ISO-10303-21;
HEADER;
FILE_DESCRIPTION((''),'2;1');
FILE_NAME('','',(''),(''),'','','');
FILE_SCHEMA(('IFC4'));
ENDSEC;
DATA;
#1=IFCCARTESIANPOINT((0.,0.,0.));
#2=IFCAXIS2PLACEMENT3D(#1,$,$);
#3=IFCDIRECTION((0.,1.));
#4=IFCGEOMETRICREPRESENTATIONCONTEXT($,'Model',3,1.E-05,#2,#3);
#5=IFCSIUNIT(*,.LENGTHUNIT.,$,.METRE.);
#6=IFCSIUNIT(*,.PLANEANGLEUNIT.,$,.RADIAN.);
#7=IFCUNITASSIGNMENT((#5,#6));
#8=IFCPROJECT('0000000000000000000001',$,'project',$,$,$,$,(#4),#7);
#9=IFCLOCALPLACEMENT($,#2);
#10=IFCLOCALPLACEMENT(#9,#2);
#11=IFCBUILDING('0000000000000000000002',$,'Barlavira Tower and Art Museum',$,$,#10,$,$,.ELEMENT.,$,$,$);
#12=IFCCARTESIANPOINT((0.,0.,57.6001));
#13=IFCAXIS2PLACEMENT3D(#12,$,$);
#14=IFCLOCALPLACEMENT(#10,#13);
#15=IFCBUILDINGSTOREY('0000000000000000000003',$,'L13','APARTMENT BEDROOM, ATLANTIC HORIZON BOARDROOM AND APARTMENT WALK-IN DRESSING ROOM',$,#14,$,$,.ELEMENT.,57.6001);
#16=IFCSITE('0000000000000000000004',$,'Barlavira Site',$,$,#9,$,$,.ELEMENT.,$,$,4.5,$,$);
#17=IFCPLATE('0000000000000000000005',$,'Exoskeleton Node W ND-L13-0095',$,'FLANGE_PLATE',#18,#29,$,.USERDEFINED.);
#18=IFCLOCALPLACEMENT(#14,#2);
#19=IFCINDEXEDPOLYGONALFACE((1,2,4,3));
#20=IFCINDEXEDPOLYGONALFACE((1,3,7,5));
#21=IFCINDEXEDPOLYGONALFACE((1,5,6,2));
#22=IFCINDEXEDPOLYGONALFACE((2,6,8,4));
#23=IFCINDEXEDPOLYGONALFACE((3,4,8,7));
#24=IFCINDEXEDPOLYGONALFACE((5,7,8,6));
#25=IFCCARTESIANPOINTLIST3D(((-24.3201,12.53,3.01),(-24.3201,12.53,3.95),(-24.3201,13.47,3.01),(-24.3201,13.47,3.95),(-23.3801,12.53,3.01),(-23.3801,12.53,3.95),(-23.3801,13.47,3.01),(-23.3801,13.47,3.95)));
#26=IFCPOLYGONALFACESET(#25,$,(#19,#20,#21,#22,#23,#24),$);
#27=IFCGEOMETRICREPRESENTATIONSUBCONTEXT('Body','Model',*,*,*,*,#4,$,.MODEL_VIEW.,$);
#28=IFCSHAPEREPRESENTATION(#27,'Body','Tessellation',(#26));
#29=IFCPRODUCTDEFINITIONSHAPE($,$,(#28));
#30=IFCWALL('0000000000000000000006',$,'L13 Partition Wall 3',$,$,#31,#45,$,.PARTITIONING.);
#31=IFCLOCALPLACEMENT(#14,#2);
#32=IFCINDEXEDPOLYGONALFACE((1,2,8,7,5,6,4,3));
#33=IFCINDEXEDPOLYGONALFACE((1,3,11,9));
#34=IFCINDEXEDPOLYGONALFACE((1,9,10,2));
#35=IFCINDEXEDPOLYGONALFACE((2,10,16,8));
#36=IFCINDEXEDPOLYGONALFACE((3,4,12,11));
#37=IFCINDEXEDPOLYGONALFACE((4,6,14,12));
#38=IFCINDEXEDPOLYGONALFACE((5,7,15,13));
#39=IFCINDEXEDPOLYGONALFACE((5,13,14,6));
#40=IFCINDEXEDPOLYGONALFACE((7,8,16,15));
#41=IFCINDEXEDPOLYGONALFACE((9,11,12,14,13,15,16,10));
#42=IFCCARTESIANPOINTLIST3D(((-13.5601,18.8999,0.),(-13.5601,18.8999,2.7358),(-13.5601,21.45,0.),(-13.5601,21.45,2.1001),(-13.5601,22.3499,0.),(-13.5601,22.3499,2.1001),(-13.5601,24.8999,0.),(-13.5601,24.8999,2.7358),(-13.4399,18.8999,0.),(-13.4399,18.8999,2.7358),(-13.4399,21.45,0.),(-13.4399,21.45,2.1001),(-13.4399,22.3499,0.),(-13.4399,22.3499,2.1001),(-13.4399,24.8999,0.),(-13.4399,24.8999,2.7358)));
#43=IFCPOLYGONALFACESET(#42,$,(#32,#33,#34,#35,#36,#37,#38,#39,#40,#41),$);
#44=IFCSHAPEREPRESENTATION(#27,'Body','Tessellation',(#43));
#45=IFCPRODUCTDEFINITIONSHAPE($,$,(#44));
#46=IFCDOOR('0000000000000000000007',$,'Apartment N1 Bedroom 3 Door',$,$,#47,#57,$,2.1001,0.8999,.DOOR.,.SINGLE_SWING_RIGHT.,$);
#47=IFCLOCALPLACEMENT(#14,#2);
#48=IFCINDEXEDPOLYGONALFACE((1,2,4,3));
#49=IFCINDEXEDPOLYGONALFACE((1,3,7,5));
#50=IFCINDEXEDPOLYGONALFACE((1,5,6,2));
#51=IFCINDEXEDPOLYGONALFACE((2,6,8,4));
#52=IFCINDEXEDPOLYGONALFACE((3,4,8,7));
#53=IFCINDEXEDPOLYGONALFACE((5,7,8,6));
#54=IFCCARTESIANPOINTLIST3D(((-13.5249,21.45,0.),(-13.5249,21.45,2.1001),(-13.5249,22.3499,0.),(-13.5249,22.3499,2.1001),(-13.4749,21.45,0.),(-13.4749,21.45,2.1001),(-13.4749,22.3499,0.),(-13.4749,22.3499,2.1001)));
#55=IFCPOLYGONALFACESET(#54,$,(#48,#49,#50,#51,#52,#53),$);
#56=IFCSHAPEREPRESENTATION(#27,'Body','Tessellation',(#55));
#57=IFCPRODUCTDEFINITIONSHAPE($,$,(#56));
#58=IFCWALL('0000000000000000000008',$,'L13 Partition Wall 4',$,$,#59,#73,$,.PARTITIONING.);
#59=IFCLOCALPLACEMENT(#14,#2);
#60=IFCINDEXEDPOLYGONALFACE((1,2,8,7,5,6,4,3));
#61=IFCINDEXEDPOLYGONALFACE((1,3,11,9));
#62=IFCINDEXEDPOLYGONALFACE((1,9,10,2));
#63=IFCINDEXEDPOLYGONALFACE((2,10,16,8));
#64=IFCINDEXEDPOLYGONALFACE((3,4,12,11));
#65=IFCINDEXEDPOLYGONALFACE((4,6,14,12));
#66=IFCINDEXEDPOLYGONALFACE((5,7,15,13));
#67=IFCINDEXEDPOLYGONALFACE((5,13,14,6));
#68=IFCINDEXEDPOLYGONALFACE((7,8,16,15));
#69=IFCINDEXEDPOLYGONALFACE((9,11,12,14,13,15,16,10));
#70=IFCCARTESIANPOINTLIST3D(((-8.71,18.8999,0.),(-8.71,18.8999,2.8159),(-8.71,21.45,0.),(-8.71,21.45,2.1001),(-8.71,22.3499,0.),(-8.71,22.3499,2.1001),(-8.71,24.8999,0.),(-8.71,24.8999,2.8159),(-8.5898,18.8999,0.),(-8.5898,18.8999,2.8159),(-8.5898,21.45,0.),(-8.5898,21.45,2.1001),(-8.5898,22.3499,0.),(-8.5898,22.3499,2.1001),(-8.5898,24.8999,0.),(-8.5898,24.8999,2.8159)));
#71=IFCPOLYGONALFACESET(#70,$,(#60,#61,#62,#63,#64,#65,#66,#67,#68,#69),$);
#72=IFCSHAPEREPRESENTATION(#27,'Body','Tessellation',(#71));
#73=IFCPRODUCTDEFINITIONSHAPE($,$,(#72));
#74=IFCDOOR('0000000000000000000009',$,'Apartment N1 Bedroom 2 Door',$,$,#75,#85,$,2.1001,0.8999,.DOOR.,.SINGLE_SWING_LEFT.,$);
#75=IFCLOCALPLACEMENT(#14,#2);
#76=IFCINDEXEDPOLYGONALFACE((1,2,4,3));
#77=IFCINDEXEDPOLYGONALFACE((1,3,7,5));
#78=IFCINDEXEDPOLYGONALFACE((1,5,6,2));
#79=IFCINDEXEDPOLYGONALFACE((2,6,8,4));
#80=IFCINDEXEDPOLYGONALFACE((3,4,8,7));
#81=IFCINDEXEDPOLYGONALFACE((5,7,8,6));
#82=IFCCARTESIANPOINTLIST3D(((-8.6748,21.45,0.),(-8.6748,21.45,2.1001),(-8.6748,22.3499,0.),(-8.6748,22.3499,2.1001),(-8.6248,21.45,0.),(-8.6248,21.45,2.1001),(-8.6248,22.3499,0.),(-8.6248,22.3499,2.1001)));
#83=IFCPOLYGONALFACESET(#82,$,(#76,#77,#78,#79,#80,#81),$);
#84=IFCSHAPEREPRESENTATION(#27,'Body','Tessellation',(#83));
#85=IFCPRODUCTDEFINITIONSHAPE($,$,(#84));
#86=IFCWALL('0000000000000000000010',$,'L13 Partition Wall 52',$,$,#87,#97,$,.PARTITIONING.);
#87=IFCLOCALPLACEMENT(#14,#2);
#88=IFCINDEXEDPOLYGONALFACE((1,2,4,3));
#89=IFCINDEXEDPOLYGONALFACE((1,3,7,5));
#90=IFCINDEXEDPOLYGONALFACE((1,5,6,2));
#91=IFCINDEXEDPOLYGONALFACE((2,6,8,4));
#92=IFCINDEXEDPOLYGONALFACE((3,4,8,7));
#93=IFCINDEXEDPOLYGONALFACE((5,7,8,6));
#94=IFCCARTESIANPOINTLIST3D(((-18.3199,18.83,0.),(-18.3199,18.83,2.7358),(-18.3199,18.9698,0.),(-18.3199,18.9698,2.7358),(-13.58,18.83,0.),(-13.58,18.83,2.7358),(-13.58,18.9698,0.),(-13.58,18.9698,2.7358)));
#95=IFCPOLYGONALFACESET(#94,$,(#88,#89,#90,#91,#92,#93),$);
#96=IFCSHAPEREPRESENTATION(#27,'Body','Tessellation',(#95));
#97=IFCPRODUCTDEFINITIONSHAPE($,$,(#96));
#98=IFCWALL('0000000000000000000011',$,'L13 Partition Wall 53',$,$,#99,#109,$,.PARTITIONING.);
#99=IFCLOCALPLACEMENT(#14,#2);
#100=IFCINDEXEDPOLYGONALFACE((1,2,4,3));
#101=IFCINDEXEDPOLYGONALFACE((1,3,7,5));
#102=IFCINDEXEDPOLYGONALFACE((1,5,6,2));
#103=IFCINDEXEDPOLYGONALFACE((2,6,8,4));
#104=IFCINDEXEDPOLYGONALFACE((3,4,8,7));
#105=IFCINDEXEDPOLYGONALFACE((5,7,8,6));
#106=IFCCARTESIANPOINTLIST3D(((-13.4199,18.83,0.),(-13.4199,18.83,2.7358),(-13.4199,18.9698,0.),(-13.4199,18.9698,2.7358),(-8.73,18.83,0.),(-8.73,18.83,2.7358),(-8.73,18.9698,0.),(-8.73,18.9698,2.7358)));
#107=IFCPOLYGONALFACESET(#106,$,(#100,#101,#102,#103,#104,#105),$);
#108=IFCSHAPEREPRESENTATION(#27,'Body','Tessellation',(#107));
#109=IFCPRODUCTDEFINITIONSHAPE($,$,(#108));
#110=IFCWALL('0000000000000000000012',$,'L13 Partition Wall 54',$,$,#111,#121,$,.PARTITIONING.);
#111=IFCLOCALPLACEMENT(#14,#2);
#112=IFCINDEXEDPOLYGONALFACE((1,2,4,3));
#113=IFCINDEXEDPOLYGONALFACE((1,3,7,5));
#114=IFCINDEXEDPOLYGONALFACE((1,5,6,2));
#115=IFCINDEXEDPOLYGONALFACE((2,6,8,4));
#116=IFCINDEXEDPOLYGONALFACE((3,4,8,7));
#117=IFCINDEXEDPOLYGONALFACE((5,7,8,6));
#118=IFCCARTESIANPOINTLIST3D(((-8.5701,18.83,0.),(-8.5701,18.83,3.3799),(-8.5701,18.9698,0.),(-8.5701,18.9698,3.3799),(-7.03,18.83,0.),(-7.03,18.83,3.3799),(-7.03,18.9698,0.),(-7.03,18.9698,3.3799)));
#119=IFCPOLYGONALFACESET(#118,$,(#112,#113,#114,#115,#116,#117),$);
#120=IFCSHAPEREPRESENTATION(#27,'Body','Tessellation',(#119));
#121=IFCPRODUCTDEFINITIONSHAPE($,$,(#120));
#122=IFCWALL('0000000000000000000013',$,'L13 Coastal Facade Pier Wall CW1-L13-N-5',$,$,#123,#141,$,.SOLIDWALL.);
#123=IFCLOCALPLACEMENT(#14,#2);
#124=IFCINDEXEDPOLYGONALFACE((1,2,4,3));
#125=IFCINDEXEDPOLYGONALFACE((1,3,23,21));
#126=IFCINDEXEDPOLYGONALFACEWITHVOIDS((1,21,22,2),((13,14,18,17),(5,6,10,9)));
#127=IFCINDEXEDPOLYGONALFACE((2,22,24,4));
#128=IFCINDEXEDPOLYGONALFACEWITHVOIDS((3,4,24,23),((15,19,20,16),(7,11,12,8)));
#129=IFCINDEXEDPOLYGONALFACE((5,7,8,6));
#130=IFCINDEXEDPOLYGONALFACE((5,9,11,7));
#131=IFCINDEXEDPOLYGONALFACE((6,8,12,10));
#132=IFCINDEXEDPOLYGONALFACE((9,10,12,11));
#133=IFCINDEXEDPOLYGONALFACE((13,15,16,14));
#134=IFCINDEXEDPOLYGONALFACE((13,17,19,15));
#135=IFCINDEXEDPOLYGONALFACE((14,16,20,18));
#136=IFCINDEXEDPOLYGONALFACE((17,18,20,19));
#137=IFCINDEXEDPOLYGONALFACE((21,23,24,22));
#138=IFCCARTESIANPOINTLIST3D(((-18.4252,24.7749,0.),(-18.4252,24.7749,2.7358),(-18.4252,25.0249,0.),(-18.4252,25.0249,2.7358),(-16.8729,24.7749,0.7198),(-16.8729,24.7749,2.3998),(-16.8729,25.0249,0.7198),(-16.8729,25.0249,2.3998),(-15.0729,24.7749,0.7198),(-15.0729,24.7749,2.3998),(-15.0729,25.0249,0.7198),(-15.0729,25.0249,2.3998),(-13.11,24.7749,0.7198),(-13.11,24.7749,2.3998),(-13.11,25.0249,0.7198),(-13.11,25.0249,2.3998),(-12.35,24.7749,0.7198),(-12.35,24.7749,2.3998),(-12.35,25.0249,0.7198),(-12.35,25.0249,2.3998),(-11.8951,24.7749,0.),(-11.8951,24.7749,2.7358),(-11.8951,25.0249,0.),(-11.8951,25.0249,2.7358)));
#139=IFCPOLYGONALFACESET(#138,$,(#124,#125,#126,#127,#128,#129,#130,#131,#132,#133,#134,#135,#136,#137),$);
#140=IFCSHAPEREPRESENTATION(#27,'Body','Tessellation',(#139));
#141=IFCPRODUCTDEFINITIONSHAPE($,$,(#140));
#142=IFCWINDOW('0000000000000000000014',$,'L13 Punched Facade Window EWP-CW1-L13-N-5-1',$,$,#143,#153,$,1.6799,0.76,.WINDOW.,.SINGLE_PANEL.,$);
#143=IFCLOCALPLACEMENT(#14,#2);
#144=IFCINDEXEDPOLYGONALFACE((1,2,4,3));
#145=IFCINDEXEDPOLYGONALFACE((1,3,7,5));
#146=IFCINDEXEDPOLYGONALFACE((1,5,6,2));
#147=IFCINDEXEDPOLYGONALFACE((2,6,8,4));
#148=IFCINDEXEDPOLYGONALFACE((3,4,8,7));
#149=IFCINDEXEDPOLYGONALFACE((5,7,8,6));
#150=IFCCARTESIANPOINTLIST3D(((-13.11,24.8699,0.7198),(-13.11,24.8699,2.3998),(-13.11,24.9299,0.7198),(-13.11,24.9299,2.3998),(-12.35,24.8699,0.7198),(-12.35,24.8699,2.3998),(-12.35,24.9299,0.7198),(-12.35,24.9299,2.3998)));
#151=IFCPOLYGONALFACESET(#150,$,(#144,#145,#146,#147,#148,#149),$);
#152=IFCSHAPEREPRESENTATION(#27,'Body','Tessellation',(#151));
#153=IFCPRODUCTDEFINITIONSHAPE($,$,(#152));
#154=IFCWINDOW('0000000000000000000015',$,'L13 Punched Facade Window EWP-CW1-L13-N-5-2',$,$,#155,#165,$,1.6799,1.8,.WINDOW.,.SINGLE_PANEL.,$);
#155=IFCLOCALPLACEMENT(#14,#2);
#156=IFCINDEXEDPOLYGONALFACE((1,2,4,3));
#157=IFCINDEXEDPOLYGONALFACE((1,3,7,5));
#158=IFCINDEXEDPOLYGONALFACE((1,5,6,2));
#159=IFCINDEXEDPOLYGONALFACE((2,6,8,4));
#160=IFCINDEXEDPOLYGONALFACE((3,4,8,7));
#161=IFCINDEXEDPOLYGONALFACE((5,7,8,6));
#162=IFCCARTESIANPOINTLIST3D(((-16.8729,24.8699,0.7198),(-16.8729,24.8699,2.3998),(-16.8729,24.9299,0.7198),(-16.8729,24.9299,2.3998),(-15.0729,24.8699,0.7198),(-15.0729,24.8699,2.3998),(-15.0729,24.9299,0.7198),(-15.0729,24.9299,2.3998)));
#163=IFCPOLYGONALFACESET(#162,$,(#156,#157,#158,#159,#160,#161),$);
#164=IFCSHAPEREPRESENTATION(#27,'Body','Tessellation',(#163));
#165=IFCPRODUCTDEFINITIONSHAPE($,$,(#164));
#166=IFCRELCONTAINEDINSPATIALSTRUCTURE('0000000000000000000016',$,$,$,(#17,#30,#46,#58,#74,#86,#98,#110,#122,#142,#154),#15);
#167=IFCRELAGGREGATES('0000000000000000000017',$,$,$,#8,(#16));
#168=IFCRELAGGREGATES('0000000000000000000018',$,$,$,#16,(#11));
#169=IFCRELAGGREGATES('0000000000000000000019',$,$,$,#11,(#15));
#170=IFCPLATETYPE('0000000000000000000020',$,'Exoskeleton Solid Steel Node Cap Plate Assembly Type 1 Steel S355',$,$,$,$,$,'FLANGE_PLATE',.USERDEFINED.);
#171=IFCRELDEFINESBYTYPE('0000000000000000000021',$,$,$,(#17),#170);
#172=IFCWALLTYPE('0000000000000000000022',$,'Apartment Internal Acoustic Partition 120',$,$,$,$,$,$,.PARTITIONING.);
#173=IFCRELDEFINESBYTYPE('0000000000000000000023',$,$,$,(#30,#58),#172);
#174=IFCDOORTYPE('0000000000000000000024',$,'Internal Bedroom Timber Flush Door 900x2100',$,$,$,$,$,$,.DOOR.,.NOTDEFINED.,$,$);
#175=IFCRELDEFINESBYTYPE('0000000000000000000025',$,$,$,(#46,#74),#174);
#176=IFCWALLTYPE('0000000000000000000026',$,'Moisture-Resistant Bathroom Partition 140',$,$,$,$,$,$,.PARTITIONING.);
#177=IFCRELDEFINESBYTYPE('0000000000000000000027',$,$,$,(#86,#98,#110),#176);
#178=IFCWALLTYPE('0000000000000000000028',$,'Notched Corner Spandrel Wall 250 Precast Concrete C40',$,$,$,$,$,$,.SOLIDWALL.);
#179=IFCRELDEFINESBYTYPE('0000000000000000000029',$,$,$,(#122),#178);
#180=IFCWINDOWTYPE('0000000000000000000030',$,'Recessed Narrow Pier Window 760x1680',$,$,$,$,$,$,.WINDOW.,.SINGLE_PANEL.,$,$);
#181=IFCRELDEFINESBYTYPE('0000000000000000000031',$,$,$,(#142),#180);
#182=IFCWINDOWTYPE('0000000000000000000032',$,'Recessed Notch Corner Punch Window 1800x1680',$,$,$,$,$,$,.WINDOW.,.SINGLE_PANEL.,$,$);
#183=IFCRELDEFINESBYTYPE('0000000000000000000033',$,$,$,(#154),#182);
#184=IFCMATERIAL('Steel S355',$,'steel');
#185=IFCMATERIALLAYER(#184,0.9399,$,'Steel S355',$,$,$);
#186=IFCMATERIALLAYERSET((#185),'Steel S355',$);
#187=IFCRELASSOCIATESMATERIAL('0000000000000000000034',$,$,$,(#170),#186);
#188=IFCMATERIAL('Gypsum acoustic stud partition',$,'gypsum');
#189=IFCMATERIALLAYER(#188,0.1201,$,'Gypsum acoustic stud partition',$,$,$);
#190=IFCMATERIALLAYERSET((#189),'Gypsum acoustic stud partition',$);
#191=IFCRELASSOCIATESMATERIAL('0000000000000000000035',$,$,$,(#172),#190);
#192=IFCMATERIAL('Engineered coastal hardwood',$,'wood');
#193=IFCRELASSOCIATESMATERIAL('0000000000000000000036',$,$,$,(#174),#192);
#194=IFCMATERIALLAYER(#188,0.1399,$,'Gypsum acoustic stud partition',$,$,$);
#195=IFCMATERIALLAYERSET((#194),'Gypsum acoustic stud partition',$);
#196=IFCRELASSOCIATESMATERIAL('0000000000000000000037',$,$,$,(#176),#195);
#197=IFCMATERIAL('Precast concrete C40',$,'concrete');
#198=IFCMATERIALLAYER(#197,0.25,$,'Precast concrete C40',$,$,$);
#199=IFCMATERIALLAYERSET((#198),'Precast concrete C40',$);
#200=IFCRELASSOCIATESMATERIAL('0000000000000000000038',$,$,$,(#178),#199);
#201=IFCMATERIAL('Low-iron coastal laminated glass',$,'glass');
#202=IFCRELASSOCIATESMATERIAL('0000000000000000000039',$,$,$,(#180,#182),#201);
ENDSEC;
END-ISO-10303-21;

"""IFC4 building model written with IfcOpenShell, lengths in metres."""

from ifc_helpers import new_model, si_unit, direction, frame, frame_2d, origin, origin_2d, place, context, subcontext, project, spatial, rectangle, extrude, material, layer, layer_set, type_object, element, fill, save


model = new_model("IFC4")

# Units and contexts
model_context = context("Model", 3, precision=1e-05, world=origin(), true_north=direction((0.0, 1.0)))
body_context = subcontext(model_context, "Body", "Model", "MODEL_VIEW")
ifc_project = project(units=[si_unit("LENGTHUNIT", "METRE"), si_unit("PLANEANGLEUNIT", "RADIAN")], contexts=[model_context])

# Site, building, storey
site_placement = place(None, origin())
site = spatial("IfcSite", under=ifc_project, at=site_placement, Name="Barlavira Site", CompositionType="ELEMENT", RefElevation=4.5)
building_placement = place(site_placement, origin())
building = spatial("IfcBuilding", under=site, at=building_placement, Name="Barlavira Tower and Art Museum", CompositionType="ELEMENT")
storey_placement = place(building_placement, frame((0.0, 0.0, 57.6001)))
storey = spatial("IfcBuildingStorey", under=building, at=storey_placement, Name="L13", Description="APARTMENT BEDROOM, ATLANTIC HORIZON BOARDROOM AND APARTMENT WALK-IN DRESSING ROOM", CompositionType="ELEMENT", Elevation=57.6001)

# Shared definitions
ifc_material_1 = material(Name="Steel S355", Category="steel")

# Plate
ifc_layer_1 = layer(ifc_material_1, 0.9399, Name="Steel S355")
ifc_layer_set_1 = layer_set([ifc_layer_1], Name="Steel S355")
plate_type = type_object("IfcPlateType", Name="Exoskeleton Solid Steel Node Cap Plate Assembly Type 1 Steel S355", ElementType="FLANGE_PLATE", PredefinedType="USERDEFINED", material=ifc_layer_set_1)
for number, where, z_axis, x_axis, name in (
    (1, (-23.8501, 13.0, 3.01), (0.0, 0.0, 1.0), (1.0, 0.0, 0.0), "Exoskeleton Node W ND-L13-0095"),
):
    element("IfcPlate", number, at=place(storey_placement, frame(where, z_axis=z_axis, x_axis=x_axis)), inside=storey, type_object=plate_type, Name=name, ObjectType="FLANGE_PLATE", PredefinedType="USERDEFINED", context=body_context, shape_type="SweptSolid", body=[
        extrude(rectangle(XDim=0.9399, YDim=0.9399, at=origin_2d()), origin(), (0.0, 0.0, 1.0), 0.9399),
    ])

# Walls, openings, doors
ifc_material_2 = material(Name="Gypsum acoustic stud partition", Category="gypsum")
ifc_layer_2 = layer(ifc_material_2, 0.1201, Name="Gypsum acoustic stud partition")
ifc_layer_set_2 = layer_set([ifc_layer_2], Name="Gypsum acoustic stud partition")
wall_type_1 = type_object("IfcWallType", Name="Apartment Internal Acoustic Partition 120", PredefinedType="PARTITIONING", material=ifc_layer_set_2)
wall_1_placement = place(storey_placement, frame((-13.5, 18.8999, 0.0), z_axis=(0.0, 0.0, 1.0), x_axis=(0.0, 1.0, 0.0)))
wall_1 = element("IfcWall", 2, at=wall_1_placement, inside=storey, type_object=wall_type_1, Name="L13 Partition Wall 3", PredefinedType="PARTITIONING", context=body_context, shape_type="SweptSolid", body=[
    extrude(rectangle(XDim=6.0, YDim=0.1201, at=frame_2d((3.0, 0.0))), origin(), (0.0, 0.0, 1.0), 2.7358),
])
opening_1_placement = place(wall_1_placement, frame((2.55, 0.0, 0.0)))
opening_1 = element("IfcOpeningElement", 3, at=opening_1_placement, cuts=wall_1, PredefinedType="OPENING", context=body_context, shape_type="SweptSolid", body=[
    extrude(rectangle(XDim=0.8999, YDim=2.1001, at=frame_2d((0.45, 1.05))), frame((0.0, 0.0701, 0.0), z_axis=(0.0, -1.0, 0.0), x_axis=(1.0, 0.0, 0.0)), (0.0, 0.0, 1.0), 0.1401),
])
ifc_material_3 = material(Name="Engineered coastal hardwood", Category="wood")
door_type = type_object("IfcDoorType", Name="Internal Bedroom Timber Flush Door 900x2100", OperationType="NOTDEFINED", PredefinedType="DOOR", material=ifc_material_3)
door_1_placement = place(opening_1_placement, origin())
door_1 = element("IfcDoor", 4, at=door_1_placement, inside=storey, type_object=door_type, Name="Apartment N1 Bedroom 3 Door", OperationType="SINGLE_SWING_RIGHT", OverallHeight=2.1001, OverallWidth=0.8999, PredefinedType="DOOR", context=body_context, shape_type="SweptSolid", body=[
    extrude(rectangle(XDim=0.8999, YDim=2.1001, at=frame_2d((0.45, 1.05))), frame((0.0, 0.0249, 0.0), z_axis=(0.0, -1.0, 0.0), x_axis=(1.0, 0.0, 0.0)), (0.0, 0.0, 1.0), 0.05),
])
fill(opening_1, door_1)
wall_2_placement = place(storey_placement, frame((-8.6499, 18.8999, 0.0), z_axis=(0.0, 0.0, 1.0), x_axis=(0.0, 1.0, 0.0)))
wall_2 = element("IfcWall", 5, at=wall_2_placement, inside=storey, type_object=wall_type_1, Name="L13 Partition Wall 4", PredefinedType="PARTITIONING", context=body_context, shape_type="SweptSolid", body=[
    extrude(rectangle(XDim=6.0, YDim=0.1201, at=frame_2d((3.0, 0.0))), origin(), (0.0, 0.0, 1.0), 2.8159),
])
opening_2_placement = place(wall_2_placement, frame((2.55, 0.0, 0.0)))
opening_2 = element("IfcOpeningElement", 6, at=opening_2_placement, cuts=wall_2, PredefinedType="OPENING", context=body_context, shape_type="SweptSolid", body=[
    extrude(rectangle(XDim=0.8999, YDim=2.1001, at=frame_2d((0.45, 1.05))), frame((0.0, 0.0701, 0.0), z_axis=(0.0, -1.0, 0.0), x_axis=(1.0, 0.0, 0.0)), (0.0, 0.0, 1.0), 0.1401),
])
door_2_placement = place(opening_2_placement, origin())
door_2 = element("IfcDoor", 7, at=door_2_placement, inside=storey, type_object=door_type, Name="Apartment N1 Bedroom 2 Door", OperationType="SINGLE_SWING_LEFT", OverallHeight=2.1001, OverallWidth=0.8999, PredefinedType="DOOR", context=body_context, shape_type="SweptSolid", body=[
    extrude(rectangle(XDim=0.8999, YDim=2.1001, at=frame_2d((0.45, 1.05))), frame((0.0, 0.0249, 0.0), z_axis=(0.0, -1.0, 0.0), x_axis=(1.0, 0.0, 0.0)), (0.0, 0.0, 1.0), 0.05),
])
fill(opening_2, door_2)

# Walls
ifc_layer_3 = layer(ifc_material_2, 0.1399, Name="Gypsum acoustic stud partition")
ifc_layer_set_3 = layer_set([ifc_layer_3], Name="Gypsum acoustic stud partition")
wall_type_2 = type_object("IfcWallType", Name="Moisture-Resistant Bathroom Partition 140", PredefinedType="PARTITIONING", material=ifc_layer_set_3)
wall_3_placement = place(storey_placement, frame((-18.3201, 18.8999, 0.0), z_axis=(0.0, 0.0, 1.0), x_axis=(1.0, 0.0, 0.0)))
element("IfcWall", 8, at=wall_3_placement, inside=storey, type_object=wall_type_2, Name="L13 Partition Wall 52", PredefinedType="PARTITIONING", context=body_context, shape_type="SweptSolid", body=[
    extrude(rectangle(XDim=4.74, YDim=0.1399, at=frame_2d((2.3701, 0.0))), origin(), (0.0, 0.0, 1.0), 2.7358),
])
wall_4_placement = place(storey_placement, frame((-13.4199, 18.8999, 0.0), z_axis=(0.0, 0.0, 1.0), x_axis=(1.0, 0.0, 0.0)))
element("IfcWall", 9, at=wall_4_placement, inside=storey, type_object=wall_type_2, Name="L13 Partition Wall 53", PredefinedType="PARTITIONING", context=body_context, shape_type="SweptSolid", body=[
    extrude(rectangle(XDim=4.6899, YDim=0.1399, at=frame_2d((2.345, 0.0))), origin(), (0.0, 0.0, 1.0), 2.7358),
])
wall_5_placement = place(storey_placement, frame((-8.5701, 18.8999, 0.0), z_axis=(0.0, 0.0, 1.0), x_axis=(1.0, 0.0, 0.0)))
element("IfcWall", 10, at=wall_5_placement, inside=storey, type_object=wall_type_2, Name="L13 Partition Wall 54", PredefinedType="PARTITIONING", context=body_context, shape_type="SweptSolid", body=[
    extrude(rectangle(XDim=1.54, YDim=0.1399, at=frame_2d((0.77, 0.0))), origin(), (0.0, 0.0, 1.0), 3.3799),
])

# Wall, openings, windows
ifc_material_4 = material(Name="Precast concrete C40", Category="concrete")
ifc_layer_4 = layer(ifc_material_4, 0.25, Name="Precast concrete C40")
ifc_layer_set_4 = layer_set([ifc_layer_4], Name="Precast concrete C40")
wall_type_3 = type_object("IfcWallType", Name="Notched Corner Spandrel Wall 250 Precast Concrete C40", PredefinedType="SOLIDWALL", material=ifc_layer_set_4)
wall_6_placement = place(storey_placement, frame((-11.895, 24.8999, 0.0), z_axis=(0.0, 0.0, 1.0), x_axis=(-1.0, 0.0, 0.0)))
wall_6 = element("IfcWall", 11, at=wall_6_placement, inside=storey, type_object=wall_type_3, Name="L13 Coastal Facade Pier Wall CW1-L13-N-5", PredefinedType="SOLIDWALL", context=body_context, shape_type="SweptSolid", body=[
    extrude(rectangle(XDim=6.53, YDim=0.25, at=frame_2d((3.2651, 0.0))), origin(), (0.0, 0.0, 1.0), 2.7358),
])
opening_3_placement = place(wall_6_placement, frame((0.4551, 0.0, 0.72)))
opening_3 = element("IfcOpeningElement", 12, at=opening_3_placement, cuts=wall_6, PredefinedType="OPENING", context=body_context, shape_type="SweptSolid", body=[
    extrude(rectangle(XDim=0.76, YDim=1.6799, at=frame_2d((0.3799, 0.8398))), frame((0.0, 0.135, 0.0), z_axis=(0.0, -1.0, 0.0), x_axis=(1.0, 0.0, 0.0)), (0.0, 0.0, 1.0), 0.27),
])
opening_4_placement = place(wall_6_placement, frame((3.178, 0.0, 0.72)))
opening_4 = element("IfcOpeningElement", 13, at=opening_4_placement, cuts=wall_6, PredefinedType="OPENING", context=body_context, shape_type="SweptSolid", body=[
    extrude(rectangle(XDim=1.8, YDim=1.6799, at=frame_2d((0.8999, 0.8398))), frame((0.0, 0.135, 0.0), z_axis=(0.0, -1.0, 0.0), x_axis=(1.0, 0.0, 0.0)), (0.0, 0.0, 1.0), 0.27),
])
ifc_material_5 = material(Name="Low-iron coastal laminated glass", Category="glass")
window_type_1 = type_object("IfcWindowType", Name="Recessed Narrow Pier Window 760x1680", PartitioningType="SINGLE_PANEL", PredefinedType="WINDOW", material=ifc_material_5)
window_1_placement = place(opening_3_placement, origin())
window_1 = element("IfcWindow", 14, at=window_1_placement, inside=storey, type_object=window_type_1, Name="L13 Punched Facade Window EWP-CW1-L13-N-5-1", OverallHeight=1.6799, OverallWidth=0.76, PartitioningType="SINGLE_PANEL", PredefinedType="WINDOW", context=body_context, shape_type="SweptSolid", body=[
    extrude(rectangle(XDim=0.76, YDim=1.6799, at=frame_2d((0.3799, 0.8398))), frame((0.0, 0.03, 0.0), z_axis=(0.0, -1.0, 0.0), x_axis=(1.0, 0.0, 0.0)), (0.0, 0.0, 1.0), 0.0601),
])
fill(opening_3, window_1)
window_type_2 = type_object("IfcWindowType", Name="Recessed Notch Corner Punch Window 1800x1680", PartitioningType="SINGLE_PANEL", PredefinedType="WINDOW", material=ifc_material_5)
window_2_placement = place(opening_4_placement, origin())
window_2 = element("IfcWindow", 15, at=window_2_placement, inside=storey, type_object=window_type_2, Name="L13 Punched Facade Window EWP-CW1-L13-N-5-2", OverallHeight=1.6799, OverallWidth=1.8, PartitioningType="SINGLE_PANEL", PredefinedType="WINDOW", context=body_context, shape_type="SweptSolid", body=[
    extrude(rectangle(XDim=1.8, YDim=1.6799, at=frame_2d((0.8999, 0.8398))), frame((0.0, 0.03, 0.0), z_axis=(0.0, -1.0, 0.0), x_axis=(1.0, 0.0, 0.0)), (0.0, 0.0, 1.0), 0.0601),
])
fill(opening_4, window_2)

save(model, "model.ifc")
